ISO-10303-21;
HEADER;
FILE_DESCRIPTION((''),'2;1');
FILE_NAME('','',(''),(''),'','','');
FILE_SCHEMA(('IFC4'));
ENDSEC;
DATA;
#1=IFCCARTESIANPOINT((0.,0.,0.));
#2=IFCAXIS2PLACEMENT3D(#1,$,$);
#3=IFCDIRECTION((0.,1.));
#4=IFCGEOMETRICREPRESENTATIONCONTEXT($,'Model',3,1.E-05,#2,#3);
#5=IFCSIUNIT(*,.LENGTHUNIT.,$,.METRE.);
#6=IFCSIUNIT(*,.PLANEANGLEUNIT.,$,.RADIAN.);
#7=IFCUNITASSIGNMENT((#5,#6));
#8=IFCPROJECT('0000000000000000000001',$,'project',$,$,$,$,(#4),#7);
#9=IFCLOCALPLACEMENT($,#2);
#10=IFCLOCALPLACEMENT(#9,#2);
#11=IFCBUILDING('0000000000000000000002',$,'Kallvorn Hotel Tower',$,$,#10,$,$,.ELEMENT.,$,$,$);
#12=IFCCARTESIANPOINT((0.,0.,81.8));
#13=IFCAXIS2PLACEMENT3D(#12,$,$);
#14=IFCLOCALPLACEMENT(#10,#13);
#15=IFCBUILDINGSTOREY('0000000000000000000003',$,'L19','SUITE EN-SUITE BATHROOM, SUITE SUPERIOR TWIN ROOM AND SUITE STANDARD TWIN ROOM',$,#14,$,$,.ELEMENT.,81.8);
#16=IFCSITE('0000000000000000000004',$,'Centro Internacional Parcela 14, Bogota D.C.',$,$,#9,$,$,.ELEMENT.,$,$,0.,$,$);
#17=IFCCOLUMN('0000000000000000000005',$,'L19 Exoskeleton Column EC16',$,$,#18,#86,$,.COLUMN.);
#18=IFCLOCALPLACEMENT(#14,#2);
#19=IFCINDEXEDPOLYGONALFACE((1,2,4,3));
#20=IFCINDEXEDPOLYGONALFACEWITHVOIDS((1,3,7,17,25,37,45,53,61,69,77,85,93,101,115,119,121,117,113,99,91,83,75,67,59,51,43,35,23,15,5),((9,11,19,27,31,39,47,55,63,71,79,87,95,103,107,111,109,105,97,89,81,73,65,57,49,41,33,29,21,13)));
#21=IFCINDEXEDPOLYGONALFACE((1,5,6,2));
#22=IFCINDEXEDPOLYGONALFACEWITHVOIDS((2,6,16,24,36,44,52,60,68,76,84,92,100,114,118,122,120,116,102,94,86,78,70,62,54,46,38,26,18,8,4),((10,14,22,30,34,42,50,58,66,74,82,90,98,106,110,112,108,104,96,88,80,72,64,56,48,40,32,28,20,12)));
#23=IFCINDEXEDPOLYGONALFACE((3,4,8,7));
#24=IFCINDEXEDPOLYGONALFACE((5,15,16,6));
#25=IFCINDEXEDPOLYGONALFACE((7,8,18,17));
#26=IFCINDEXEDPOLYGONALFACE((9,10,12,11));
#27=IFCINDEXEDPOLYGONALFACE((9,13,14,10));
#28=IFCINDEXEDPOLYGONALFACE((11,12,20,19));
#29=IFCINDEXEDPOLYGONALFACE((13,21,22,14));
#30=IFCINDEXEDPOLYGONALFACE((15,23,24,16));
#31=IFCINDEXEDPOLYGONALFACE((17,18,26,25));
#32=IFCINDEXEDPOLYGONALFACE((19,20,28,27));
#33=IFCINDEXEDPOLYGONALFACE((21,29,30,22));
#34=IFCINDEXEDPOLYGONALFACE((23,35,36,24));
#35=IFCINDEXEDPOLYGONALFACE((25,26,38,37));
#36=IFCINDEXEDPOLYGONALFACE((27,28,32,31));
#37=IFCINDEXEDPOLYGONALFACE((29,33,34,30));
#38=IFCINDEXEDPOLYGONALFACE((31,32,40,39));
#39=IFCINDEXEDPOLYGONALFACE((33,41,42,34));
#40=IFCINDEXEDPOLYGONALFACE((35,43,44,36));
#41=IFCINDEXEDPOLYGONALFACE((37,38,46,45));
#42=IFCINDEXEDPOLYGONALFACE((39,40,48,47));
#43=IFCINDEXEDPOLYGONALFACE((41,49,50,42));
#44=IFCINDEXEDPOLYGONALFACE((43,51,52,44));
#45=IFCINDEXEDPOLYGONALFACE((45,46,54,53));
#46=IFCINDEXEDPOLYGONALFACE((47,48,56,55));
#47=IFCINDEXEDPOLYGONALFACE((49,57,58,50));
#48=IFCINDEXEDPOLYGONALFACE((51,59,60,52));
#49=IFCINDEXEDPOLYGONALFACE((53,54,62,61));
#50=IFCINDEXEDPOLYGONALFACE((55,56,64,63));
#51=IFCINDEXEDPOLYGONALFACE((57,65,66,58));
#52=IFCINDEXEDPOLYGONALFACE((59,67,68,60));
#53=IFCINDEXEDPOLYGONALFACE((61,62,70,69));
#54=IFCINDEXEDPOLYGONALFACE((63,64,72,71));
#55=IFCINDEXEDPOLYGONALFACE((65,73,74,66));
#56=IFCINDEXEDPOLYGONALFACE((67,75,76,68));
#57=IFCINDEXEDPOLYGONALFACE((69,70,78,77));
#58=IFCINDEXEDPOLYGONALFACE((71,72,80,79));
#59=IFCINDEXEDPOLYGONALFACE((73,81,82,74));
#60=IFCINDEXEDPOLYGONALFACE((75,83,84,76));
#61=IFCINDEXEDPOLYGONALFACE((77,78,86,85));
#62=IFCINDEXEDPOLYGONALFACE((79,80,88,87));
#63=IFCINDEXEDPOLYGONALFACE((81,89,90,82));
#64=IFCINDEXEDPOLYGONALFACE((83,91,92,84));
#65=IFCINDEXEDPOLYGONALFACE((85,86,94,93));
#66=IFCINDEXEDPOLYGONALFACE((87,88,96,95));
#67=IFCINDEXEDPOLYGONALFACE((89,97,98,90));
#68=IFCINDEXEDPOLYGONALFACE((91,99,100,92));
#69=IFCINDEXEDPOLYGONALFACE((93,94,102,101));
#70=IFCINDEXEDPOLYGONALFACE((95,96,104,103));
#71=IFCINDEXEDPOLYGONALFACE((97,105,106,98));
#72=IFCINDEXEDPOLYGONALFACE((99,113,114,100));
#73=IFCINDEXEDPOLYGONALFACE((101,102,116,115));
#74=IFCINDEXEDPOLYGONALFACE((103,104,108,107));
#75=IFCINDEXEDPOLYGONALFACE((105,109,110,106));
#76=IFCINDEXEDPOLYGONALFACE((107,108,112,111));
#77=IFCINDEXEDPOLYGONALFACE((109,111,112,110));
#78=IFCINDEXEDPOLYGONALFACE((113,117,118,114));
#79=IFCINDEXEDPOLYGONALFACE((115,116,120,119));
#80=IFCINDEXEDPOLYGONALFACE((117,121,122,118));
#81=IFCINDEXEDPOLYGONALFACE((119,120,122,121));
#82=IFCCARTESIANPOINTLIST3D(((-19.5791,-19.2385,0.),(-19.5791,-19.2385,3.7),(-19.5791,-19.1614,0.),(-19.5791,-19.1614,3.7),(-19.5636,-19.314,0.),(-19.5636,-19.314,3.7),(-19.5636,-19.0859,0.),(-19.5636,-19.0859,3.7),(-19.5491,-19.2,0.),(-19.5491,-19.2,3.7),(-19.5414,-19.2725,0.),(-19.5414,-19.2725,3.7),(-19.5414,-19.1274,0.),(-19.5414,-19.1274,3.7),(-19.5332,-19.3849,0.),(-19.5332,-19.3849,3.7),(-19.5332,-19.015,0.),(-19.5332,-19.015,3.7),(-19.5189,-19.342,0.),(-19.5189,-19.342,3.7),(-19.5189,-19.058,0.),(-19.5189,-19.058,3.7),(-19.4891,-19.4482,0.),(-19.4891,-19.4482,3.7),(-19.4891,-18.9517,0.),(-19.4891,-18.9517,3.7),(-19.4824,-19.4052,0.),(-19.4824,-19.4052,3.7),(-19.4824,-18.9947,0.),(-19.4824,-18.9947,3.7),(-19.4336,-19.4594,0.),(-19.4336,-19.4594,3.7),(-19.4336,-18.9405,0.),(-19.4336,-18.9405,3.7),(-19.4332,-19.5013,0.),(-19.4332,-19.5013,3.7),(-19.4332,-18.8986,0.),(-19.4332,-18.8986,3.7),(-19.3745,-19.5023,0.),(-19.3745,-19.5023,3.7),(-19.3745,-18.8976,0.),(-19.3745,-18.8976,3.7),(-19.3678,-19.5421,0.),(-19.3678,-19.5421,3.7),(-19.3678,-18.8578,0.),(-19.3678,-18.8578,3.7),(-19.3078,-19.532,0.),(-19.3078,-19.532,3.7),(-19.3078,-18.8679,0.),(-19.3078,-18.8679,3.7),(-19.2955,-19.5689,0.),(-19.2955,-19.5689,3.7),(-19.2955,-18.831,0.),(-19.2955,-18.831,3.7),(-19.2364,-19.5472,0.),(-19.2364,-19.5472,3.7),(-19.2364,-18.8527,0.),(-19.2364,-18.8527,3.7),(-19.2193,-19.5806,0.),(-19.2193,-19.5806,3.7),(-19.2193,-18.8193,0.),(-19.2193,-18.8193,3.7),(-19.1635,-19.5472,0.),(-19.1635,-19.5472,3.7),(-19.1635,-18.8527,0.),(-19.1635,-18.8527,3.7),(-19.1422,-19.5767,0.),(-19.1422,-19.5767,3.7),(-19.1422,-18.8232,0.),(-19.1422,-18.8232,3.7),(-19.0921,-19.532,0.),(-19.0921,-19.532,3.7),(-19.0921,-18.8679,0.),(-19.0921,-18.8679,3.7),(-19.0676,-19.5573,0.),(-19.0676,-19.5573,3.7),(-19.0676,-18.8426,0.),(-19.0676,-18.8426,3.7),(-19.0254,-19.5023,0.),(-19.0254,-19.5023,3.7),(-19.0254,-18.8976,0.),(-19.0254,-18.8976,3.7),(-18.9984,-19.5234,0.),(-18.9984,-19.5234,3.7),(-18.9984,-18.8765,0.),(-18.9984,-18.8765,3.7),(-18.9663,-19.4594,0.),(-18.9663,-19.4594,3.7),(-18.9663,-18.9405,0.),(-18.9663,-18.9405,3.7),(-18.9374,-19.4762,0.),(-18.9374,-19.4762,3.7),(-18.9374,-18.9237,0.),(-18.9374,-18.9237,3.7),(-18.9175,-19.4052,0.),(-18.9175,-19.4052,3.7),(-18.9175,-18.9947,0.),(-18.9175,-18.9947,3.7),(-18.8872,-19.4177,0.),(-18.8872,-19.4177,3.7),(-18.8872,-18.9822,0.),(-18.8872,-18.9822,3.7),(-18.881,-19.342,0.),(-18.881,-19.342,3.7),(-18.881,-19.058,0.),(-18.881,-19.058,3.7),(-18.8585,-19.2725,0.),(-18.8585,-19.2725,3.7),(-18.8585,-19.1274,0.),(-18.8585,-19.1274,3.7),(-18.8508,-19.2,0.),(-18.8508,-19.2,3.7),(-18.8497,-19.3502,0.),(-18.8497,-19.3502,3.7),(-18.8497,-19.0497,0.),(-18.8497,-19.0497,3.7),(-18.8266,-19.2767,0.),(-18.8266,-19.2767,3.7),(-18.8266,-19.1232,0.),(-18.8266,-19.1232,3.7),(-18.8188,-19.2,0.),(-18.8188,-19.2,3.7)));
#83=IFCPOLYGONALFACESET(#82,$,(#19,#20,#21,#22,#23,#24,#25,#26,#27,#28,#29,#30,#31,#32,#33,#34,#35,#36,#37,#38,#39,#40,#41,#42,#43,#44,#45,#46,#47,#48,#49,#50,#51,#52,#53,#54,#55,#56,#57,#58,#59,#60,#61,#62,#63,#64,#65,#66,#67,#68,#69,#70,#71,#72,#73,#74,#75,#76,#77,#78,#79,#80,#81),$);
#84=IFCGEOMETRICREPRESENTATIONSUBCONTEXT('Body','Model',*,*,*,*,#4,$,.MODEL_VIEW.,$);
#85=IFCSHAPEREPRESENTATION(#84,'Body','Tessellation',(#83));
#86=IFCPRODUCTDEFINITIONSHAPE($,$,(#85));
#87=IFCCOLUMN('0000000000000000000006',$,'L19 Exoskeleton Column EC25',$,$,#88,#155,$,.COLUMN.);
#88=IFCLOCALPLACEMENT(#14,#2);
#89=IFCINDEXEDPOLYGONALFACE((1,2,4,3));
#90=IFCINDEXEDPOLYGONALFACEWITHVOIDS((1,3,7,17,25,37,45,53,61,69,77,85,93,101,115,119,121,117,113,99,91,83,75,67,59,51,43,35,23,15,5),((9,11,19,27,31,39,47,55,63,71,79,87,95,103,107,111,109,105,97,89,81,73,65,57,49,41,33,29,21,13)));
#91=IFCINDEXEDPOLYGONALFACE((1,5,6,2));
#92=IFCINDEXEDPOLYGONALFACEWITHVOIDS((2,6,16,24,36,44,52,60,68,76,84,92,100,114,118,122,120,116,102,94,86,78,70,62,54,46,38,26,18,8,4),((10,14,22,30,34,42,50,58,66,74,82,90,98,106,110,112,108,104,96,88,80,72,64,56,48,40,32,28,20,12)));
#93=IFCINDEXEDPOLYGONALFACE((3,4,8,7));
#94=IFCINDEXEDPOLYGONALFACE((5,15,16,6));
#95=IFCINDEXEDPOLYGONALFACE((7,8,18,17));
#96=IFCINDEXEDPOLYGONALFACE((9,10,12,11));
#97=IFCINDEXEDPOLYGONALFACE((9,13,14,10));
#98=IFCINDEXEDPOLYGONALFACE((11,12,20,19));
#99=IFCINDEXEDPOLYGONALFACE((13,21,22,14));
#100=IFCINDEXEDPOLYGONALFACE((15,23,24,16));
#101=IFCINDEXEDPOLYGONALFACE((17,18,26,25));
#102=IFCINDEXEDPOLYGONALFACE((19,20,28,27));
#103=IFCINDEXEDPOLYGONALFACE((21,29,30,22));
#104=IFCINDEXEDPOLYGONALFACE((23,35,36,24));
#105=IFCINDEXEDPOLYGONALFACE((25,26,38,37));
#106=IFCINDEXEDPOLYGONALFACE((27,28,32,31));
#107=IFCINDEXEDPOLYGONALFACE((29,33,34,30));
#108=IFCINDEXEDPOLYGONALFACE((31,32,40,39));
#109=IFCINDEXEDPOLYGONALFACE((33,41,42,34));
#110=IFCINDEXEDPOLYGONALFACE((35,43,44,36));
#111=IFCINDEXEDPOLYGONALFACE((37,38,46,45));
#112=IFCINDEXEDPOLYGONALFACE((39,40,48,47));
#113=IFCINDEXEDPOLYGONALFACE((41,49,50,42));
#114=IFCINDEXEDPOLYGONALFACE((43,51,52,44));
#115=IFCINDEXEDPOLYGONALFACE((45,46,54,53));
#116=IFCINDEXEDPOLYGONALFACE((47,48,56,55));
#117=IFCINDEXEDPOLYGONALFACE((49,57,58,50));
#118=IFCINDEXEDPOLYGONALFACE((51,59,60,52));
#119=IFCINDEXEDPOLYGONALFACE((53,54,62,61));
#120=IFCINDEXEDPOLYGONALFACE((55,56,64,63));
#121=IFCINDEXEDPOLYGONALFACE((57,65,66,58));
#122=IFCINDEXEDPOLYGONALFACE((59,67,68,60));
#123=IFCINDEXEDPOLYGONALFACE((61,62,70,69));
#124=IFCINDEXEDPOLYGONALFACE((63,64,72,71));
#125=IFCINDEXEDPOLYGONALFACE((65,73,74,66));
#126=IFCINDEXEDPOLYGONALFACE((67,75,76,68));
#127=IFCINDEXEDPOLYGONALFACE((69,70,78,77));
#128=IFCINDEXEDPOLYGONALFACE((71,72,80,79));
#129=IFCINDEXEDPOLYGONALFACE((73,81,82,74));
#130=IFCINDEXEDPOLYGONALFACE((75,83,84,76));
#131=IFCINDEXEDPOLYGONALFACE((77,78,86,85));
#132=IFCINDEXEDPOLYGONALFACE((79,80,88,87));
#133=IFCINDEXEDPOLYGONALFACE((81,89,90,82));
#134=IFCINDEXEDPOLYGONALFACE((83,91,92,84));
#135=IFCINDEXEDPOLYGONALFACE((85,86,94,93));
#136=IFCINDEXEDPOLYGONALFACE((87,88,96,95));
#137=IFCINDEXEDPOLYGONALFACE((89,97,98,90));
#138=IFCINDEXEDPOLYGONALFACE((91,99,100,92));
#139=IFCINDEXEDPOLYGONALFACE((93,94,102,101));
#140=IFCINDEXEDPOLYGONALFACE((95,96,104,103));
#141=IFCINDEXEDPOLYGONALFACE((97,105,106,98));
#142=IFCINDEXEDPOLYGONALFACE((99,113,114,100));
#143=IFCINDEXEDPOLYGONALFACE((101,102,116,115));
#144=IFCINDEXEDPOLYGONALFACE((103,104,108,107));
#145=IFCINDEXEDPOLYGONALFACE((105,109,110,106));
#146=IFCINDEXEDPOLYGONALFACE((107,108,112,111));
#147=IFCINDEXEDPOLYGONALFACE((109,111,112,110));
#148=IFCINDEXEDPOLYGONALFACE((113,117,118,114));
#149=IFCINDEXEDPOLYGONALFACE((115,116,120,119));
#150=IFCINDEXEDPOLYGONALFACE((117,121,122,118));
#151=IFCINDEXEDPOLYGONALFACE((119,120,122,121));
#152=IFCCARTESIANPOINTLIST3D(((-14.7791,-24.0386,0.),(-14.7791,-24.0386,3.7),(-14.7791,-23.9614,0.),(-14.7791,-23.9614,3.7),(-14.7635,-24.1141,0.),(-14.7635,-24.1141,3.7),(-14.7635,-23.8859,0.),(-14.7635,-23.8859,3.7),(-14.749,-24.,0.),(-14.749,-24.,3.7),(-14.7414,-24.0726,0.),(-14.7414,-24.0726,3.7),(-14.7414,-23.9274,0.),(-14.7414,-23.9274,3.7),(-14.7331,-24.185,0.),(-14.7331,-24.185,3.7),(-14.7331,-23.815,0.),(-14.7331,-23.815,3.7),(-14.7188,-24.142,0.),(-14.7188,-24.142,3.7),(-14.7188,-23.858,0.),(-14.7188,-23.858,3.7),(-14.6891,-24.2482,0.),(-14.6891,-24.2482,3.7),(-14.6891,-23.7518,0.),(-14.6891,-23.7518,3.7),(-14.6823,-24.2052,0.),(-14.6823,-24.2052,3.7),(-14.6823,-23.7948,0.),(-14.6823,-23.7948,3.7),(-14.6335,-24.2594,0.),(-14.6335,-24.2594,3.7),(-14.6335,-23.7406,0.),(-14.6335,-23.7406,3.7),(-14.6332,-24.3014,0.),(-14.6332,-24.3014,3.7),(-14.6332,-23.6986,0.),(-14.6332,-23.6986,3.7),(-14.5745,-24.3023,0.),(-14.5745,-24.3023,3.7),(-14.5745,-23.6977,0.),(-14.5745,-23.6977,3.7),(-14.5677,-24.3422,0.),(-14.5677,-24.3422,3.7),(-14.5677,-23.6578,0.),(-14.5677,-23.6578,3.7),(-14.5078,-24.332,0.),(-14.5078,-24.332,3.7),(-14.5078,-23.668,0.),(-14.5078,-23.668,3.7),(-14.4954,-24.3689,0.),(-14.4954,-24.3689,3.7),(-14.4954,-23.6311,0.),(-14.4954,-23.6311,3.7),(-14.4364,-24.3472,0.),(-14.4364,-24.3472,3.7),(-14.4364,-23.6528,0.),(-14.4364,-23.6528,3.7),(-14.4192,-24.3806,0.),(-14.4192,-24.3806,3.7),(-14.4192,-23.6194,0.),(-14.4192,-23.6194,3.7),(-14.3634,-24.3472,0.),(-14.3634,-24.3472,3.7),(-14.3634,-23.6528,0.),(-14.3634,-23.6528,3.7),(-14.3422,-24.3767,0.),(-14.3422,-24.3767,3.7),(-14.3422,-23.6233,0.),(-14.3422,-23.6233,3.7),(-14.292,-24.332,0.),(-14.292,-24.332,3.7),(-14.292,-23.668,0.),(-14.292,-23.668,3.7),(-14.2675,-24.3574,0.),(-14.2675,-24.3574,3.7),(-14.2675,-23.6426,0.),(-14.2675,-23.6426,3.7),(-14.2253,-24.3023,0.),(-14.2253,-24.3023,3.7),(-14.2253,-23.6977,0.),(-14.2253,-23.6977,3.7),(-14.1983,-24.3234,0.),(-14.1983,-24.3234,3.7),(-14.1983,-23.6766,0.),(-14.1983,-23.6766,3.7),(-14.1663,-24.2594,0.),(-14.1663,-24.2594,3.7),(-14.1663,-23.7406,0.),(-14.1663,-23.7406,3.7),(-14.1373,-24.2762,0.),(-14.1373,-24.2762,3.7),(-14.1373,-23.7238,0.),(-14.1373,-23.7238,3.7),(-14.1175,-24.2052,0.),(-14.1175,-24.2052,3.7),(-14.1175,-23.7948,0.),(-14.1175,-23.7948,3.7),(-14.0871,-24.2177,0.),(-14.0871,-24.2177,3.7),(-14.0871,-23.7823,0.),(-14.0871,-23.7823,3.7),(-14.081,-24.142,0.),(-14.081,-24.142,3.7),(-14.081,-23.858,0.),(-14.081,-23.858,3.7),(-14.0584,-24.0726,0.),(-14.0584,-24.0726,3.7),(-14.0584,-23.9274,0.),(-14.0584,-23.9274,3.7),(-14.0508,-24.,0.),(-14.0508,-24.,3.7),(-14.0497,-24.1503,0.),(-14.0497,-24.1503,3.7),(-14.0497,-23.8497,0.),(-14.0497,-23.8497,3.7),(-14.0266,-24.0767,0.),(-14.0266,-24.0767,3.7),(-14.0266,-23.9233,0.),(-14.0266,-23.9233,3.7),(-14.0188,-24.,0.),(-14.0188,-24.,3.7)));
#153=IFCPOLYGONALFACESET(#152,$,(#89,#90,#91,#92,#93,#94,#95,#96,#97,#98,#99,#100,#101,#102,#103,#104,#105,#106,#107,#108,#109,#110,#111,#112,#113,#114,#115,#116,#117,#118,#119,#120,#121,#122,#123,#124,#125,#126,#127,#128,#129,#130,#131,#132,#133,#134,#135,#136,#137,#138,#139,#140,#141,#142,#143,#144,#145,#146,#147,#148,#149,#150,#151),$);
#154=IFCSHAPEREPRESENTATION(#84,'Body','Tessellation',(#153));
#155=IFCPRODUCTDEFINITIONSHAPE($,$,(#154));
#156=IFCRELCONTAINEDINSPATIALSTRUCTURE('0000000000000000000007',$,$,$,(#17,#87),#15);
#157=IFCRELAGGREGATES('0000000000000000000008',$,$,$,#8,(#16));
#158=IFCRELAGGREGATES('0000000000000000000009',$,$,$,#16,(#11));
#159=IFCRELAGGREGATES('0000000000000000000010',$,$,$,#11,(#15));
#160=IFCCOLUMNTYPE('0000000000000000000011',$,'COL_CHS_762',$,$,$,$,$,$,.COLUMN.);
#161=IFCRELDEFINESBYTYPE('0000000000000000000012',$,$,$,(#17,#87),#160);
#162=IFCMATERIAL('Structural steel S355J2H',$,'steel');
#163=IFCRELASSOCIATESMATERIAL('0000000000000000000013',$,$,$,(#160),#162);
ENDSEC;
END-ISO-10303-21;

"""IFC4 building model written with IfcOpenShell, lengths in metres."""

from ifc_helpers import new_model, si_unit, direction, frame, origin, origin_2d, place, context, subcontext, project, spatial, hollow_circle, extrude, material, material_profile, profile_set, type_object, element, save


model = new_model("IFC4")

# Units and contexts
model_context = context("Model", 3, precision=1e-05, world=origin(), true_north=direction((0.0, 1.0)))
body_context = subcontext(model_context, "Body", "Model", "MODEL_VIEW")
ifc_project = project(units=[si_unit("LENGTHUNIT", "METRE"), si_unit("PLANEANGLEUNIT", "RADIAN")], contexts=[model_context])

# Site, building, storey
site_placement = place(None, origin())
site = spatial("IfcSite", under=ifc_project, at=site_placement, Name="Centro Internacional Parcela 14, Bogota D.C.", CompositionType="ELEMENT", RefElevation=0.0)
building_placement = place(site_placement, origin())
building = spatial("IfcBuilding", under=site, at=building_placement, Name="Kallvorn Hotel Tower", CompositionType="ELEMENT")
storey_placement = place(building_placement, frame((0.0, 0.0, 81.8)))
storey = spatial("IfcBuildingStorey", under=building, at=storey_placement, Name="L19", Description="SUITE EN-SUITE BATHROOM, SUITE SUPERIOR TWIN ROOM AND SUITE STANDARD TWIN ROOM", CompositionType="ELEMENT", Elevation=81.8)

# Columns
ifc_material_1 = material(Name="Structural steel S355J2H", Category="steel")
ifc_material_profile_1 = material_profile(ifc_material_1, hollow_circle(Radius=0.3811, WallThickness=0.032, at=origin_2d()), Name="CHS 762x32")
ifc_profile_set_1 = profile_set([ifc_material_profile_1], Name="Structural steel S355J2H")
column_type = type_object("IfcColumnType", Name="COL_CHS_762", PredefinedType="COLUMN", material=ifc_profile_set_1)
for number, where, z_axis, x_axis, name in (
    (1, (-19.2, -19.2, 0.0), (0.0, 0.0, 1.0), (1.0, 0.0, 0.0), "L19 Exoskeleton Column EC16"),
    (2, (-14.3999, -24.0, 0.0), (0.0, 0.0, 1.0), (1.0, 0.0, 0.0), "L19 Exoskeleton Column EC25"),
):
    element("IfcColumn", number, at=place(storey_placement, frame(where, z_axis=z_axis, x_axis=x_axis)), inside=storey, type_object=column_type, Name=name, PredefinedType="COLUMN", context=body_context, shape_type="SweptSolid", body=[
        extrude(hollow_circle(Radius=0.3811, WallThickness=0.032, at=origin_2d()), origin(), (0.0, 0.0, 1.0), 3.7),
    ])

save(model, "model.ifc")
